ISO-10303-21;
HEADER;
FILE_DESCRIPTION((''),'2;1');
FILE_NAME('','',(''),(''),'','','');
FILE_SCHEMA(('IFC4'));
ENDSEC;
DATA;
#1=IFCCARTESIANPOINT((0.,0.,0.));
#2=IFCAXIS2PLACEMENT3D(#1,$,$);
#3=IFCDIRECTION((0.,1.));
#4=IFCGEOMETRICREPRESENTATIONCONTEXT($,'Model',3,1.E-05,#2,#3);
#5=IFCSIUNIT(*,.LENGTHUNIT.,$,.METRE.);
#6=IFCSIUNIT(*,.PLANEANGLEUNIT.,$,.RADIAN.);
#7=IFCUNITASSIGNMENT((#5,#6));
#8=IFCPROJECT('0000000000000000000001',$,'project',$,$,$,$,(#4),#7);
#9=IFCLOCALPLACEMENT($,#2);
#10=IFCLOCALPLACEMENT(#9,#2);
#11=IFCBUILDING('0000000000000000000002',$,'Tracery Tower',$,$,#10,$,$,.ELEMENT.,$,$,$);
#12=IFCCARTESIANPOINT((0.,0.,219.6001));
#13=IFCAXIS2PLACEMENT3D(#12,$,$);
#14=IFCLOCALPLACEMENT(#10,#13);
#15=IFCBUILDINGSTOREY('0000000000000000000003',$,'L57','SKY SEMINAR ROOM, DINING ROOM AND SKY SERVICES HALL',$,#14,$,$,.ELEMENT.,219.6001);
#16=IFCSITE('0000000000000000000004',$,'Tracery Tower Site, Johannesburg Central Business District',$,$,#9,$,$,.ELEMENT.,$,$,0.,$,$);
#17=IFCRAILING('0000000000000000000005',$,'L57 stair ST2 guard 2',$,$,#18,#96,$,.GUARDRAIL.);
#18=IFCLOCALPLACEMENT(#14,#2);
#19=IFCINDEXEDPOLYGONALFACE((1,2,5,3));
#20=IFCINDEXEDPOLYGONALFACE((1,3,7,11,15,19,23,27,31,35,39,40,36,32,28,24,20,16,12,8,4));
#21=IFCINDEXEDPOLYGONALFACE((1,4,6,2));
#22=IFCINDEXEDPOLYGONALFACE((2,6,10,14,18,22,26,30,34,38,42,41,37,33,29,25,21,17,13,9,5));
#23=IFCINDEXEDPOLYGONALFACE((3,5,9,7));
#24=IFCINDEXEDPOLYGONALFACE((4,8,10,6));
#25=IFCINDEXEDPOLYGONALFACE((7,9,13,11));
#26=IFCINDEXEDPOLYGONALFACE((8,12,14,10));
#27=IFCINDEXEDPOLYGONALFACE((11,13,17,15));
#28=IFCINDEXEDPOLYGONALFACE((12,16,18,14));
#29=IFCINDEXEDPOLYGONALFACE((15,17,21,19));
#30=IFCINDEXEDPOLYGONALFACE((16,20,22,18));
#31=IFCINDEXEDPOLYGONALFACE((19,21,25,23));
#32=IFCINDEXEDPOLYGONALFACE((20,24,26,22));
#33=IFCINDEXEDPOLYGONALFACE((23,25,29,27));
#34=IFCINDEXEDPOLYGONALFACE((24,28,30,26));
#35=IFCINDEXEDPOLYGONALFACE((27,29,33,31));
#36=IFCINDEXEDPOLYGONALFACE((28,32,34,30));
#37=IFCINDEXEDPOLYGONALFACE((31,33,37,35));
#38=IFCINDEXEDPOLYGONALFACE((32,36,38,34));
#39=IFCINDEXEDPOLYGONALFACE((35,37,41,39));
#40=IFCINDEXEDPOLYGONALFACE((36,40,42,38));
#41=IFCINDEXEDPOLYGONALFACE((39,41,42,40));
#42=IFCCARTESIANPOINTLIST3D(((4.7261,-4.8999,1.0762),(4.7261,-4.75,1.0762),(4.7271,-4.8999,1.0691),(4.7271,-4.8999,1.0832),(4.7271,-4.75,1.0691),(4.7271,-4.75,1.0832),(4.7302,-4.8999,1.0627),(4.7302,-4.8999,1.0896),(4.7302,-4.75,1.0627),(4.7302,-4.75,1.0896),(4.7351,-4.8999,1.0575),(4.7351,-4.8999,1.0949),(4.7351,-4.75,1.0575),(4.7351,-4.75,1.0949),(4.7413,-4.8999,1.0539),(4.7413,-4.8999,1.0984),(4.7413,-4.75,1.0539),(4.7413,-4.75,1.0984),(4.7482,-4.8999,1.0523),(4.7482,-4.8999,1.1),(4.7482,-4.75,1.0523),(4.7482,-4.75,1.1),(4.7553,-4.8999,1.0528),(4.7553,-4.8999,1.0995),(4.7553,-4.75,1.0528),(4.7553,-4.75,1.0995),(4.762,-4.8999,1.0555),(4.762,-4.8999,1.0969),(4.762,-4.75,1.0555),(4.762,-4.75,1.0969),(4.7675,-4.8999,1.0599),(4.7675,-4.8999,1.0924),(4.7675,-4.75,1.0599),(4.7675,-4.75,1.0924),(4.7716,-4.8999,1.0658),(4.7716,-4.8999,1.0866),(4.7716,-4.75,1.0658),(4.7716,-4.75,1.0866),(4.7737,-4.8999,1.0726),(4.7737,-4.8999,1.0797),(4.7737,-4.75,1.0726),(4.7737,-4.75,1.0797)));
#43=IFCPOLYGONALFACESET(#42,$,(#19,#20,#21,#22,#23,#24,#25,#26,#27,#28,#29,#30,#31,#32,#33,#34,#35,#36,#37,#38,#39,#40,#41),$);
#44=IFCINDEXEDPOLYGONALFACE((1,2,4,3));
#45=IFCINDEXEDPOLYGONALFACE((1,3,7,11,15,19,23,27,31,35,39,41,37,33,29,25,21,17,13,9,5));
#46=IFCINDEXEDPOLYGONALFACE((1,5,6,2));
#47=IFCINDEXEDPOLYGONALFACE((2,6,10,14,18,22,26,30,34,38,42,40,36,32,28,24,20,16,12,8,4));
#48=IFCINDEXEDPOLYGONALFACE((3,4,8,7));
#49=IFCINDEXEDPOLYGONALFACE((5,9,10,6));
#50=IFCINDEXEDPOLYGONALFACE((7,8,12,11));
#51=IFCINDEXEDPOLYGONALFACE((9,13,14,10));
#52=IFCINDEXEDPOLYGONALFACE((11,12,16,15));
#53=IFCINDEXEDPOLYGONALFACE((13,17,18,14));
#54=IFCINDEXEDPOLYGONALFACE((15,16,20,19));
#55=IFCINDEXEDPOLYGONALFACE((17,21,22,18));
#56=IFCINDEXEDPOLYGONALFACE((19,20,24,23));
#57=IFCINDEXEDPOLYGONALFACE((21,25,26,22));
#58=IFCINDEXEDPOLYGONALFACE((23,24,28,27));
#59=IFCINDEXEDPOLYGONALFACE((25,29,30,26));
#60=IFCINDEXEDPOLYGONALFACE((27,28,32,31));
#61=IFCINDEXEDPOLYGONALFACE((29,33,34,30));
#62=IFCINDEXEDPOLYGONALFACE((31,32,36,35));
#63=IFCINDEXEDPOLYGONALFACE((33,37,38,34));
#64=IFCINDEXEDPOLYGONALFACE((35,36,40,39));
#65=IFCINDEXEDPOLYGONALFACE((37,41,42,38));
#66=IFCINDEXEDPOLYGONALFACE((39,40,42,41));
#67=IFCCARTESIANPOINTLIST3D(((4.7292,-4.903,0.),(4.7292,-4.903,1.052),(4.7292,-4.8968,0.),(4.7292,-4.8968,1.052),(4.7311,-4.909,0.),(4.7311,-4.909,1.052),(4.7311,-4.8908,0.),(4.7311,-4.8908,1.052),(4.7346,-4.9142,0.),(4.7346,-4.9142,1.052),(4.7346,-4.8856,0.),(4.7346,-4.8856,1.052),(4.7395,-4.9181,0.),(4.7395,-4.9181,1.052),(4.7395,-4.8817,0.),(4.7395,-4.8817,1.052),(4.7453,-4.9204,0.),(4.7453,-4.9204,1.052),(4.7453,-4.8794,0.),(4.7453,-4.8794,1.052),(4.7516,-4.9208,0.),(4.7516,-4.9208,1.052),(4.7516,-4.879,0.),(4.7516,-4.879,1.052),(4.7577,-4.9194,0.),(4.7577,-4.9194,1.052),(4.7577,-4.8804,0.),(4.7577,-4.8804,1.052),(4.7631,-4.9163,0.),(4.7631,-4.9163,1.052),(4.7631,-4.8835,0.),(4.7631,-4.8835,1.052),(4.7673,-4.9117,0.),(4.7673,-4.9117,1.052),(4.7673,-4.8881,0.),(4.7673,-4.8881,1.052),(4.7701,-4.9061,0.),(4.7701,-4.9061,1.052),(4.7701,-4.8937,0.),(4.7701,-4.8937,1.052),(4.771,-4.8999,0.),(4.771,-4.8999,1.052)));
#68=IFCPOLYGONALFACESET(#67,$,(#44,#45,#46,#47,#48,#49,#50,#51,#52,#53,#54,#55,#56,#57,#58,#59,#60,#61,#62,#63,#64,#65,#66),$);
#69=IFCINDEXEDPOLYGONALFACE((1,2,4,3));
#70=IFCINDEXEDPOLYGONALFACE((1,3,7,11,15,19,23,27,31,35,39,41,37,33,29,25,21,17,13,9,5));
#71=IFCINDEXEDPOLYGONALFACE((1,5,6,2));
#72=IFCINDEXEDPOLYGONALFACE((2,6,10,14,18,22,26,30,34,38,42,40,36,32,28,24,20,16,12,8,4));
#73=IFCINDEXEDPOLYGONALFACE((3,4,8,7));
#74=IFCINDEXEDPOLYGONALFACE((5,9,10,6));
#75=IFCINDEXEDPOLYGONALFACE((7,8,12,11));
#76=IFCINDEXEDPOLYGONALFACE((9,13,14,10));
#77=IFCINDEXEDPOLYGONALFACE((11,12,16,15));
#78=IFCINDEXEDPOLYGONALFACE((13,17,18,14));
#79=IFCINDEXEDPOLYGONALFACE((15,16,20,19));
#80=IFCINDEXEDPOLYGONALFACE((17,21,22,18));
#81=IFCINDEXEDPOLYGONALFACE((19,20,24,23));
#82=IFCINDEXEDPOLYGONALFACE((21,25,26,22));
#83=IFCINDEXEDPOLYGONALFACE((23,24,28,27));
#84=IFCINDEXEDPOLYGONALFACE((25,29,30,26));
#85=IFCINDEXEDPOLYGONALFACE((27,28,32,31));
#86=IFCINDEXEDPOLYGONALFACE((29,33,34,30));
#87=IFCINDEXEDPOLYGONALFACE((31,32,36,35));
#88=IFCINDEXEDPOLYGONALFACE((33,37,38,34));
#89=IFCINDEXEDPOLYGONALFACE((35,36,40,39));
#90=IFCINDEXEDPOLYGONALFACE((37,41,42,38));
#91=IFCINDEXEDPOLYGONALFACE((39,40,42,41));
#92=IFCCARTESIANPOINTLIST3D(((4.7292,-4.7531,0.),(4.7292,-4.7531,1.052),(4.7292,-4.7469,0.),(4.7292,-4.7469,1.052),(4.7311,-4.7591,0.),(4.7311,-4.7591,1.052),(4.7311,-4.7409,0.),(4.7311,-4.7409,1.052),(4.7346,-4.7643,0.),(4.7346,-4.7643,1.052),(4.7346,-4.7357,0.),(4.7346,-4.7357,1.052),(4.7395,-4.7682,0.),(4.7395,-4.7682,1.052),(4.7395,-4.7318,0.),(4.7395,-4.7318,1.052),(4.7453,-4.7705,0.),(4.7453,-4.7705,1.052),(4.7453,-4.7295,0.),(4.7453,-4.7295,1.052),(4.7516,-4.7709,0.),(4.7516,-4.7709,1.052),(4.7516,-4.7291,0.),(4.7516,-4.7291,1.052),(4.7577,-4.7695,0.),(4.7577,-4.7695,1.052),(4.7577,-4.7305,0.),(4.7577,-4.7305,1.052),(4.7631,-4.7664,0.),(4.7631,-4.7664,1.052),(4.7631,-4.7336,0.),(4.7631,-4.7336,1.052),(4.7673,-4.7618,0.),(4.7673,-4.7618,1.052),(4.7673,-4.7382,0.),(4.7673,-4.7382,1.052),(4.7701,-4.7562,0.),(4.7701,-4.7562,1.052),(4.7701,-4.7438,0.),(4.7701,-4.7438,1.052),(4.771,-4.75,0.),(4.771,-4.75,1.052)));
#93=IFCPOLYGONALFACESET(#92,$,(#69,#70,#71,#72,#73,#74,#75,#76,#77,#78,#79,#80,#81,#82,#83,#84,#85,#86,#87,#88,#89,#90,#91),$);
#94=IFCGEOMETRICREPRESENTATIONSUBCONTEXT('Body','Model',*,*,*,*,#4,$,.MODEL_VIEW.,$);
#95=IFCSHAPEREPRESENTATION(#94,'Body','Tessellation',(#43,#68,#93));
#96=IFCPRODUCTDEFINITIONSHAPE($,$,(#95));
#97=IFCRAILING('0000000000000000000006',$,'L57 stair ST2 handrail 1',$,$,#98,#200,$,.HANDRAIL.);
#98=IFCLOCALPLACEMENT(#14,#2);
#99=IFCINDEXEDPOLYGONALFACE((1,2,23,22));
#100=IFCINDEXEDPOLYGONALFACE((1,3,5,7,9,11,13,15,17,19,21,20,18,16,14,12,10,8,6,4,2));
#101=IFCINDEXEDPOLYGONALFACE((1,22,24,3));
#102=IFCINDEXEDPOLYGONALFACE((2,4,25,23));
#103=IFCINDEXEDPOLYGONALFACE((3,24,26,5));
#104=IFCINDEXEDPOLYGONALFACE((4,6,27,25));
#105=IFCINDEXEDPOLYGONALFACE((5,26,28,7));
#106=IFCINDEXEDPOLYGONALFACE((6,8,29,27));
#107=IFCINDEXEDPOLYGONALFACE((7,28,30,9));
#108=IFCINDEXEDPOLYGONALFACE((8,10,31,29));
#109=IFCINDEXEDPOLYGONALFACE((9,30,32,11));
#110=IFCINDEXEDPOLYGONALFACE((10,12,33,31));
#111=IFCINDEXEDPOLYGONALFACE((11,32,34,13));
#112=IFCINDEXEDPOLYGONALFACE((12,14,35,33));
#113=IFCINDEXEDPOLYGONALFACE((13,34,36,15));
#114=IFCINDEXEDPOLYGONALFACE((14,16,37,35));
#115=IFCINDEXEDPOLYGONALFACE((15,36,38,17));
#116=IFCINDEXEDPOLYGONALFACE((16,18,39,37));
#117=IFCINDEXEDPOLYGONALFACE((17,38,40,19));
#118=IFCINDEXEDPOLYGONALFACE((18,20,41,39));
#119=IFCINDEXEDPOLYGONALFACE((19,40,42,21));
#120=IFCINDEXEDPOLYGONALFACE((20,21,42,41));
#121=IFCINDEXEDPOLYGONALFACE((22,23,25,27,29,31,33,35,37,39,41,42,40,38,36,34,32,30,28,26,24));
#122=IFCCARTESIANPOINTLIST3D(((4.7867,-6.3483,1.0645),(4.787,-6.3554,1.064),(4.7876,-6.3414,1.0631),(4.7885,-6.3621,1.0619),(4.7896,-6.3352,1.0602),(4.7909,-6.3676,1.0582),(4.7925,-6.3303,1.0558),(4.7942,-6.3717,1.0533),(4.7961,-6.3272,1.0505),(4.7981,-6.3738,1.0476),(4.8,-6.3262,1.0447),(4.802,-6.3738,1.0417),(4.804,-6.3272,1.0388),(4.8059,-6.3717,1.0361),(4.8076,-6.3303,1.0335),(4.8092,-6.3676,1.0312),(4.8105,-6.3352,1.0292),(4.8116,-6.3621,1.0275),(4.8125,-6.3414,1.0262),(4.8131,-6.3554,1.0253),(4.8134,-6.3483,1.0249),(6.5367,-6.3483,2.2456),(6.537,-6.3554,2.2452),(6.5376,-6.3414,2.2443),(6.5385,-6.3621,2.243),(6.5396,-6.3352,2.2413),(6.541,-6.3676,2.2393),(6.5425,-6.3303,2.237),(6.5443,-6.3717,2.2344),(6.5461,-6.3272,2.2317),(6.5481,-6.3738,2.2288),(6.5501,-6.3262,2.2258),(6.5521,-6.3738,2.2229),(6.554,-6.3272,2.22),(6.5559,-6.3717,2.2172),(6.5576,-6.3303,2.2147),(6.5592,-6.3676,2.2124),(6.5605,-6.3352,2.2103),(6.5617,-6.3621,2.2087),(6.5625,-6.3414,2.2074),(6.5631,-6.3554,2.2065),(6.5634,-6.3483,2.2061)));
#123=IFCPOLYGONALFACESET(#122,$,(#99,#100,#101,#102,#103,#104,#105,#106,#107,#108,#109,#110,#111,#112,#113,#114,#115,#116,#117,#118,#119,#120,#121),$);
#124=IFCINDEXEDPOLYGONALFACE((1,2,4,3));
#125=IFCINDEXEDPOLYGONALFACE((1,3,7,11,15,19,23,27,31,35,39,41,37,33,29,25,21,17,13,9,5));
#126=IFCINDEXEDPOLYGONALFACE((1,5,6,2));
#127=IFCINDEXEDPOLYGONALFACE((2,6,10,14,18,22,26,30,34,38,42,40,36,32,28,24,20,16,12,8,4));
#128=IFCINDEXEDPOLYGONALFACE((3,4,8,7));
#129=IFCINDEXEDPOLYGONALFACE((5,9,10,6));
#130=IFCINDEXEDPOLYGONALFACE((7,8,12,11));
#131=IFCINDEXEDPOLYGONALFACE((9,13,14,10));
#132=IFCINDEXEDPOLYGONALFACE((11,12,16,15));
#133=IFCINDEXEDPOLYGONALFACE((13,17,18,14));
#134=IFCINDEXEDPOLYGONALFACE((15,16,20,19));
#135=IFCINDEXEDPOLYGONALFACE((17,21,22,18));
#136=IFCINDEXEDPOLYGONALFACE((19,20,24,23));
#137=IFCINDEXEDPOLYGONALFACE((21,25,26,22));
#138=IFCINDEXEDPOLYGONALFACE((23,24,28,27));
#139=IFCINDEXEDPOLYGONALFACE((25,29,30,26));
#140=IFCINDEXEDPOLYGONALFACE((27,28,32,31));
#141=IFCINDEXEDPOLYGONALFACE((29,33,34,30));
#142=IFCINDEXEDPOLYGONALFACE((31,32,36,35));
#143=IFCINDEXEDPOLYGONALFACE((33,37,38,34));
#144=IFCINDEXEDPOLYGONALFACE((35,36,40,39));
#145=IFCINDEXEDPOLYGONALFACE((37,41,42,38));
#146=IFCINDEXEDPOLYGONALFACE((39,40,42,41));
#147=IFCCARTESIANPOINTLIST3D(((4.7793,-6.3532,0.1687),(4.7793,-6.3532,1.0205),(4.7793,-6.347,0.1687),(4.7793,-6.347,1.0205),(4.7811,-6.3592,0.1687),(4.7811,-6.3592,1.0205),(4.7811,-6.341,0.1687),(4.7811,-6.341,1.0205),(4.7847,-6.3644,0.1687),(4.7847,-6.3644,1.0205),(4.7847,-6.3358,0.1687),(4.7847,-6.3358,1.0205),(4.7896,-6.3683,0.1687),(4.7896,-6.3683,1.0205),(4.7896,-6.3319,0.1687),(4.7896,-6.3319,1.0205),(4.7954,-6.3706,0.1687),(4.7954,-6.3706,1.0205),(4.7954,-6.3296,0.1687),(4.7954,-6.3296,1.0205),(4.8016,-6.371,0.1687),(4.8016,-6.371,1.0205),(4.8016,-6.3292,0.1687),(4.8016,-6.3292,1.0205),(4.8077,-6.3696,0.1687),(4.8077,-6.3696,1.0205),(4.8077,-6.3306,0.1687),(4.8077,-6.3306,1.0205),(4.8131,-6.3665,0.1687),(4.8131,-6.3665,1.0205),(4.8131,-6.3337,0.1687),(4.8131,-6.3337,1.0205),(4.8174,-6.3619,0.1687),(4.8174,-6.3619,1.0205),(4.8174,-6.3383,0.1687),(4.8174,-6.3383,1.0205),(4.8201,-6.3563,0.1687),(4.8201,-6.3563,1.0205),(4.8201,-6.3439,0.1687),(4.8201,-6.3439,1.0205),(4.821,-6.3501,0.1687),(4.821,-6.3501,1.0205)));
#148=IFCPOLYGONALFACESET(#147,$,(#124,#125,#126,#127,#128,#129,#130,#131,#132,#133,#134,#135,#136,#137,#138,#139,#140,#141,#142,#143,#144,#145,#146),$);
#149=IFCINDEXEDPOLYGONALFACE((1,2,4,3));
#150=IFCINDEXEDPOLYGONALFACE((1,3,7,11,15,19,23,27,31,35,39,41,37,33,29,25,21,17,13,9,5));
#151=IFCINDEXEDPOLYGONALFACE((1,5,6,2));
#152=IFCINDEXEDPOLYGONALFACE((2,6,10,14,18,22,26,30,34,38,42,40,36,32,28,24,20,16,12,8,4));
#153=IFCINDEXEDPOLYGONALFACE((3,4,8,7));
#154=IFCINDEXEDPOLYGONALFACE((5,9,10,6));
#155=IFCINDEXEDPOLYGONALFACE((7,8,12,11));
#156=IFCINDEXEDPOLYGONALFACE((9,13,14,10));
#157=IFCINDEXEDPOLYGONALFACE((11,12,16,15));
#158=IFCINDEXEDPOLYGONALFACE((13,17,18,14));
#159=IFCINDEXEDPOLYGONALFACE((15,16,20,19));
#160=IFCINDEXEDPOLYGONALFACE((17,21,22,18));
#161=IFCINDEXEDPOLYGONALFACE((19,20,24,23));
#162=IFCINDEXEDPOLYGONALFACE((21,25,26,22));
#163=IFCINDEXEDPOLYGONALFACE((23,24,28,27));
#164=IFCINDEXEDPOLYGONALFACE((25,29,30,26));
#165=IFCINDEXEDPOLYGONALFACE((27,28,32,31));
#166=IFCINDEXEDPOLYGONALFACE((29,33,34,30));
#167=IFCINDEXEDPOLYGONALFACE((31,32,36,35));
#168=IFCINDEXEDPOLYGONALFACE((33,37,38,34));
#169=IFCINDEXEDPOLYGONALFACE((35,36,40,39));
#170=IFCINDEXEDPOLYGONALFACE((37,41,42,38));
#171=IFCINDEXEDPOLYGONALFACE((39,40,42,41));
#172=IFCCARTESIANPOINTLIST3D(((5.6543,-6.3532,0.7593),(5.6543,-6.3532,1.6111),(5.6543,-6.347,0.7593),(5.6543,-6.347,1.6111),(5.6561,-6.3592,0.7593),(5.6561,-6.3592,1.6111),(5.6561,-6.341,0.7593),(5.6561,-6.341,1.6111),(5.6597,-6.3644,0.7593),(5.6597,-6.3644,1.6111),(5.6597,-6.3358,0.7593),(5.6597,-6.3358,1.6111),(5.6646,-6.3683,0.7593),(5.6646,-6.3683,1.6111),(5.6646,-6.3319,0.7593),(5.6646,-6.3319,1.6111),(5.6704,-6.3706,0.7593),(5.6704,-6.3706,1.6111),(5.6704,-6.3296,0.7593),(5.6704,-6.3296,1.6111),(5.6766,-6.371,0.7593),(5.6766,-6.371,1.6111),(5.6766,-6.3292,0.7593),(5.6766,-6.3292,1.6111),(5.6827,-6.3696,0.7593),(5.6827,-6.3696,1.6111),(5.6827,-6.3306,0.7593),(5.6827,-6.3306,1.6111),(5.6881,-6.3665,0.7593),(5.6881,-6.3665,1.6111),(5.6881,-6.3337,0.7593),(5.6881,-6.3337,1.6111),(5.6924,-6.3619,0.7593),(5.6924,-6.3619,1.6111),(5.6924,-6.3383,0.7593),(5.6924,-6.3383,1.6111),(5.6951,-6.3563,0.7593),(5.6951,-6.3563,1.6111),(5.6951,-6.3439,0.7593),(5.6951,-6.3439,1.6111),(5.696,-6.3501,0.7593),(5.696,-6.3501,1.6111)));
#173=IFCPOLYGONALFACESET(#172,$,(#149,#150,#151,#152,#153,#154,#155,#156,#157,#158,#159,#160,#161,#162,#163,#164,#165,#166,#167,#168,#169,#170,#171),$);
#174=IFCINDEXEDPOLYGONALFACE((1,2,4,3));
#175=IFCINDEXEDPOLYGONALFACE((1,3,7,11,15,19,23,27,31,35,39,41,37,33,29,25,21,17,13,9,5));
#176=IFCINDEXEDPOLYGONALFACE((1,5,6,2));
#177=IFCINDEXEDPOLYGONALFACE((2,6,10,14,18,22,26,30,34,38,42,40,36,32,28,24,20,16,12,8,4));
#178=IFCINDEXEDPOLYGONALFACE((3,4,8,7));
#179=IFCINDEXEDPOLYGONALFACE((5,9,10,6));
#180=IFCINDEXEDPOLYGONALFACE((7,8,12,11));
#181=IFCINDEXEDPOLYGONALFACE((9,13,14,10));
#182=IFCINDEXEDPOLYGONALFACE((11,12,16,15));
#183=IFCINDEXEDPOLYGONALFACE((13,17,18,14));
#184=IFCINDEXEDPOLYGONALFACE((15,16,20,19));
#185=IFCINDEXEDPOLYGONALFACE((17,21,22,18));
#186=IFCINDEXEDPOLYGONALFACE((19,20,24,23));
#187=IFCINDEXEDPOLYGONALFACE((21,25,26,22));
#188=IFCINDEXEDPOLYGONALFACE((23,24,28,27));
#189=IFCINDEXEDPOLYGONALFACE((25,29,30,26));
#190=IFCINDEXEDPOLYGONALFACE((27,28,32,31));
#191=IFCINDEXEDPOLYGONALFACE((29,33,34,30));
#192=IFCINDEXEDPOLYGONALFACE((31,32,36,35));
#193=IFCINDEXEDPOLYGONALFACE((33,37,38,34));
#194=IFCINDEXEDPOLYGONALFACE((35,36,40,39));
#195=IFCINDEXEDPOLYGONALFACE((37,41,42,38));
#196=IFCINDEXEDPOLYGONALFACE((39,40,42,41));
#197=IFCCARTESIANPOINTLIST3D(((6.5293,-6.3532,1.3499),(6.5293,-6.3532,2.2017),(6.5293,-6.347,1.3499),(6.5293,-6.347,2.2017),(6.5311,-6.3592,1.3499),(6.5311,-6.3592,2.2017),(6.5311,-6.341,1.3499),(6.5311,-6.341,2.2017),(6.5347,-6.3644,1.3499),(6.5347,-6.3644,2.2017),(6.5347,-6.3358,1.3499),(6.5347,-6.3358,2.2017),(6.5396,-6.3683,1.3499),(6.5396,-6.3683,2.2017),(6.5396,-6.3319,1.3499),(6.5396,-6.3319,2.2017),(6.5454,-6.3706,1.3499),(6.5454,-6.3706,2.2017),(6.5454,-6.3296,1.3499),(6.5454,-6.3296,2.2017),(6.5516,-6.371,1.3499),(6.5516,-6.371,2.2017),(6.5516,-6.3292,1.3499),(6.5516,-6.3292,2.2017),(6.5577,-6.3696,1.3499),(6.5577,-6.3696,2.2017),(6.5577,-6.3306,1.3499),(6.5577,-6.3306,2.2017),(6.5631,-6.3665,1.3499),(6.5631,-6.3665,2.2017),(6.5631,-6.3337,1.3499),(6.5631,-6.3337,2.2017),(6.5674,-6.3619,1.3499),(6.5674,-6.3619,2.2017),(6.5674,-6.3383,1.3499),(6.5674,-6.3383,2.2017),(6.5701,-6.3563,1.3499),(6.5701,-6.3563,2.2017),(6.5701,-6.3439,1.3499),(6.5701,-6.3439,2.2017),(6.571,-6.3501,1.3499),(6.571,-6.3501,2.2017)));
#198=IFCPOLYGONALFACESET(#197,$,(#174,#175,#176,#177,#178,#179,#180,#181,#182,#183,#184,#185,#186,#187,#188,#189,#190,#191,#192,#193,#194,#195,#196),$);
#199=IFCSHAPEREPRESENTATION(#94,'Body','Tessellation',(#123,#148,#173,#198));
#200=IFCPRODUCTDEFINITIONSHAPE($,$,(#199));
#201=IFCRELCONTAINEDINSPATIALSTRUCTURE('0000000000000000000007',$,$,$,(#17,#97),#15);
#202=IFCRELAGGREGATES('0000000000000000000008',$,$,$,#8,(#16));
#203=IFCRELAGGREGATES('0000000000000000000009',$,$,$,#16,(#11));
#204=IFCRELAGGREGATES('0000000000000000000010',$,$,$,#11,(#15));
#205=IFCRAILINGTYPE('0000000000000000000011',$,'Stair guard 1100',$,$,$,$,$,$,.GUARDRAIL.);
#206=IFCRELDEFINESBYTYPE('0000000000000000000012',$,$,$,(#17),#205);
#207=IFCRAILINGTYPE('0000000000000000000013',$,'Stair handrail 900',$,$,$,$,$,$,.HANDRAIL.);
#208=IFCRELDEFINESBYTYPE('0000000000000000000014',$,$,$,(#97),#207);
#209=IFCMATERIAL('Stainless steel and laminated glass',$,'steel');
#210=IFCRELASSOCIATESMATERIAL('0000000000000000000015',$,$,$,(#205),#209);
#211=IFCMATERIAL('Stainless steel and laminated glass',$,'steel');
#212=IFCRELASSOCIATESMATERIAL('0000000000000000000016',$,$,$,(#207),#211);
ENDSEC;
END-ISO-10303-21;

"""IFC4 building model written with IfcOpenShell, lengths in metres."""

from ifc_helpers import new_model, si_unit, direction, frame, origin, origin_2d, place, context, subcontext, project, spatial, circle, extrude, material, type_object, element, save


model = new_model("IFC4")

# Units and contexts
model_context = context("Model", 3, precision=1e-05, world=origin(), true_north=direction((0.0, 1.0)))
body_context = subcontext(model_context, "Body", "Model", "MODEL_VIEW")
ifc_project = project(units=[si_unit("LENGTHUNIT", "METRE"), si_unit("PLANEANGLEUNIT", "RADIAN")], contexts=[model_context])

# Site, building, storey
site_placement = place(None, origin())
site = spatial("IfcSite", under=ifc_project, at=site_placement, Name="Tracery Tower Site, Johannesburg Central Business District", CompositionType="ELEMENT", RefElevation=0.0)
building_placement = place(site_placement, origin())
building = spatial("IfcBuilding", under=site, at=building_placement, Name="Tracery Tower", CompositionType="ELEMENT")
storey_placement = place(building_placement, frame((0.0, 0.0, 219.6001)))
storey = spatial("IfcBuildingStorey", under=building, at=storey_placement, Name="L57", Description="SKY SEMINAR ROOM, DINING ROOM AND SKY SERVICES HALL", CompositionType="ELEMENT", Elevation=219.6001)

# Railings
ifc_material_1 = material(Name="Stainless steel and laminated glass", Category="steel")
railing_type_1 = type_object("IfcRailingType", Name="Stair guard 1100", PredefinedType="GUARDRAIL", material=ifc_material_1)
railing_1_placement = place(storey_placement, frame((4.75, -4.8999, 0.0)))
element("IfcRailing", 1, at=railing_1_placement, inside=storey, type_object=railing_type_1, Name="L57 stair ST2 guard 2", PredefinedType="GUARDRAIL", context=body_context, shape_type="SweptSolid", body=[
    extrude(circle(Radius=0.0239, at=origin_2d()), frame((0.0, 0.0, 1.0762), z_axis=(0.0, 1.0, 0.0), x_axis=(-1.0, 0.0, 0.0)), (0.0, 0.0, 1.0), 0.1499),
    extrude(circle(Radius=0.021, at=origin_2d()), origin(), (0.0, 0.0, 1.0), 1.052),
    extrude(circle(Radius=0.021, at=origin_2d()), frame((0.0, 0.1499, 0.0)), (0.0, 0.0, 1.0), 1.052),
])
ifc_material_2 = material(Name="Stainless steel and laminated glass", Category="steel")
railing_type_2 = type_object("IfcRailingType", Name="Stair handrail 900", PredefinedType="HANDRAIL", material=ifc_material_2)
railing_2_placement = place(storey_placement, frame((4.8, -6.3501, 0.1687)))
element("IfcRailing", 2, at=railing_2_placement, inside=storey, type_object=railing_type_2, Name="L57 stair ST2 handrail 1", PredefinedType="HANDRAIL", context=body_context, shape_type="SweptSolid", body=[
    extrude(circle(Radius=0.0239, at=origin_2d()), frame((0.0, 0.0, 0.876), z_axis=(0.82887, 0.0, 0.559441), x_axis=(0.0, 1.0, 0.0)), (0.0, 0.0, 1.0), 2.1113),
    extrude(circle(Radius=0.021, at=origin_2d()), origin(), (0.0, 0.0, 1.0), 0.8518),
    extrude(circle(Radius=0.021, at=origin_2d()), frame((0.875, 0.0, 0.5906)), (0.0, 0.0, 1.0), 0.8518),
    extrude(circle(Radius=0.021, at=origin_2d()), frame((1.75, 0.0, 1.1812)), (0.0, 0.0, 1.0), 0.8518),
])

save(model, "model.ifc")
